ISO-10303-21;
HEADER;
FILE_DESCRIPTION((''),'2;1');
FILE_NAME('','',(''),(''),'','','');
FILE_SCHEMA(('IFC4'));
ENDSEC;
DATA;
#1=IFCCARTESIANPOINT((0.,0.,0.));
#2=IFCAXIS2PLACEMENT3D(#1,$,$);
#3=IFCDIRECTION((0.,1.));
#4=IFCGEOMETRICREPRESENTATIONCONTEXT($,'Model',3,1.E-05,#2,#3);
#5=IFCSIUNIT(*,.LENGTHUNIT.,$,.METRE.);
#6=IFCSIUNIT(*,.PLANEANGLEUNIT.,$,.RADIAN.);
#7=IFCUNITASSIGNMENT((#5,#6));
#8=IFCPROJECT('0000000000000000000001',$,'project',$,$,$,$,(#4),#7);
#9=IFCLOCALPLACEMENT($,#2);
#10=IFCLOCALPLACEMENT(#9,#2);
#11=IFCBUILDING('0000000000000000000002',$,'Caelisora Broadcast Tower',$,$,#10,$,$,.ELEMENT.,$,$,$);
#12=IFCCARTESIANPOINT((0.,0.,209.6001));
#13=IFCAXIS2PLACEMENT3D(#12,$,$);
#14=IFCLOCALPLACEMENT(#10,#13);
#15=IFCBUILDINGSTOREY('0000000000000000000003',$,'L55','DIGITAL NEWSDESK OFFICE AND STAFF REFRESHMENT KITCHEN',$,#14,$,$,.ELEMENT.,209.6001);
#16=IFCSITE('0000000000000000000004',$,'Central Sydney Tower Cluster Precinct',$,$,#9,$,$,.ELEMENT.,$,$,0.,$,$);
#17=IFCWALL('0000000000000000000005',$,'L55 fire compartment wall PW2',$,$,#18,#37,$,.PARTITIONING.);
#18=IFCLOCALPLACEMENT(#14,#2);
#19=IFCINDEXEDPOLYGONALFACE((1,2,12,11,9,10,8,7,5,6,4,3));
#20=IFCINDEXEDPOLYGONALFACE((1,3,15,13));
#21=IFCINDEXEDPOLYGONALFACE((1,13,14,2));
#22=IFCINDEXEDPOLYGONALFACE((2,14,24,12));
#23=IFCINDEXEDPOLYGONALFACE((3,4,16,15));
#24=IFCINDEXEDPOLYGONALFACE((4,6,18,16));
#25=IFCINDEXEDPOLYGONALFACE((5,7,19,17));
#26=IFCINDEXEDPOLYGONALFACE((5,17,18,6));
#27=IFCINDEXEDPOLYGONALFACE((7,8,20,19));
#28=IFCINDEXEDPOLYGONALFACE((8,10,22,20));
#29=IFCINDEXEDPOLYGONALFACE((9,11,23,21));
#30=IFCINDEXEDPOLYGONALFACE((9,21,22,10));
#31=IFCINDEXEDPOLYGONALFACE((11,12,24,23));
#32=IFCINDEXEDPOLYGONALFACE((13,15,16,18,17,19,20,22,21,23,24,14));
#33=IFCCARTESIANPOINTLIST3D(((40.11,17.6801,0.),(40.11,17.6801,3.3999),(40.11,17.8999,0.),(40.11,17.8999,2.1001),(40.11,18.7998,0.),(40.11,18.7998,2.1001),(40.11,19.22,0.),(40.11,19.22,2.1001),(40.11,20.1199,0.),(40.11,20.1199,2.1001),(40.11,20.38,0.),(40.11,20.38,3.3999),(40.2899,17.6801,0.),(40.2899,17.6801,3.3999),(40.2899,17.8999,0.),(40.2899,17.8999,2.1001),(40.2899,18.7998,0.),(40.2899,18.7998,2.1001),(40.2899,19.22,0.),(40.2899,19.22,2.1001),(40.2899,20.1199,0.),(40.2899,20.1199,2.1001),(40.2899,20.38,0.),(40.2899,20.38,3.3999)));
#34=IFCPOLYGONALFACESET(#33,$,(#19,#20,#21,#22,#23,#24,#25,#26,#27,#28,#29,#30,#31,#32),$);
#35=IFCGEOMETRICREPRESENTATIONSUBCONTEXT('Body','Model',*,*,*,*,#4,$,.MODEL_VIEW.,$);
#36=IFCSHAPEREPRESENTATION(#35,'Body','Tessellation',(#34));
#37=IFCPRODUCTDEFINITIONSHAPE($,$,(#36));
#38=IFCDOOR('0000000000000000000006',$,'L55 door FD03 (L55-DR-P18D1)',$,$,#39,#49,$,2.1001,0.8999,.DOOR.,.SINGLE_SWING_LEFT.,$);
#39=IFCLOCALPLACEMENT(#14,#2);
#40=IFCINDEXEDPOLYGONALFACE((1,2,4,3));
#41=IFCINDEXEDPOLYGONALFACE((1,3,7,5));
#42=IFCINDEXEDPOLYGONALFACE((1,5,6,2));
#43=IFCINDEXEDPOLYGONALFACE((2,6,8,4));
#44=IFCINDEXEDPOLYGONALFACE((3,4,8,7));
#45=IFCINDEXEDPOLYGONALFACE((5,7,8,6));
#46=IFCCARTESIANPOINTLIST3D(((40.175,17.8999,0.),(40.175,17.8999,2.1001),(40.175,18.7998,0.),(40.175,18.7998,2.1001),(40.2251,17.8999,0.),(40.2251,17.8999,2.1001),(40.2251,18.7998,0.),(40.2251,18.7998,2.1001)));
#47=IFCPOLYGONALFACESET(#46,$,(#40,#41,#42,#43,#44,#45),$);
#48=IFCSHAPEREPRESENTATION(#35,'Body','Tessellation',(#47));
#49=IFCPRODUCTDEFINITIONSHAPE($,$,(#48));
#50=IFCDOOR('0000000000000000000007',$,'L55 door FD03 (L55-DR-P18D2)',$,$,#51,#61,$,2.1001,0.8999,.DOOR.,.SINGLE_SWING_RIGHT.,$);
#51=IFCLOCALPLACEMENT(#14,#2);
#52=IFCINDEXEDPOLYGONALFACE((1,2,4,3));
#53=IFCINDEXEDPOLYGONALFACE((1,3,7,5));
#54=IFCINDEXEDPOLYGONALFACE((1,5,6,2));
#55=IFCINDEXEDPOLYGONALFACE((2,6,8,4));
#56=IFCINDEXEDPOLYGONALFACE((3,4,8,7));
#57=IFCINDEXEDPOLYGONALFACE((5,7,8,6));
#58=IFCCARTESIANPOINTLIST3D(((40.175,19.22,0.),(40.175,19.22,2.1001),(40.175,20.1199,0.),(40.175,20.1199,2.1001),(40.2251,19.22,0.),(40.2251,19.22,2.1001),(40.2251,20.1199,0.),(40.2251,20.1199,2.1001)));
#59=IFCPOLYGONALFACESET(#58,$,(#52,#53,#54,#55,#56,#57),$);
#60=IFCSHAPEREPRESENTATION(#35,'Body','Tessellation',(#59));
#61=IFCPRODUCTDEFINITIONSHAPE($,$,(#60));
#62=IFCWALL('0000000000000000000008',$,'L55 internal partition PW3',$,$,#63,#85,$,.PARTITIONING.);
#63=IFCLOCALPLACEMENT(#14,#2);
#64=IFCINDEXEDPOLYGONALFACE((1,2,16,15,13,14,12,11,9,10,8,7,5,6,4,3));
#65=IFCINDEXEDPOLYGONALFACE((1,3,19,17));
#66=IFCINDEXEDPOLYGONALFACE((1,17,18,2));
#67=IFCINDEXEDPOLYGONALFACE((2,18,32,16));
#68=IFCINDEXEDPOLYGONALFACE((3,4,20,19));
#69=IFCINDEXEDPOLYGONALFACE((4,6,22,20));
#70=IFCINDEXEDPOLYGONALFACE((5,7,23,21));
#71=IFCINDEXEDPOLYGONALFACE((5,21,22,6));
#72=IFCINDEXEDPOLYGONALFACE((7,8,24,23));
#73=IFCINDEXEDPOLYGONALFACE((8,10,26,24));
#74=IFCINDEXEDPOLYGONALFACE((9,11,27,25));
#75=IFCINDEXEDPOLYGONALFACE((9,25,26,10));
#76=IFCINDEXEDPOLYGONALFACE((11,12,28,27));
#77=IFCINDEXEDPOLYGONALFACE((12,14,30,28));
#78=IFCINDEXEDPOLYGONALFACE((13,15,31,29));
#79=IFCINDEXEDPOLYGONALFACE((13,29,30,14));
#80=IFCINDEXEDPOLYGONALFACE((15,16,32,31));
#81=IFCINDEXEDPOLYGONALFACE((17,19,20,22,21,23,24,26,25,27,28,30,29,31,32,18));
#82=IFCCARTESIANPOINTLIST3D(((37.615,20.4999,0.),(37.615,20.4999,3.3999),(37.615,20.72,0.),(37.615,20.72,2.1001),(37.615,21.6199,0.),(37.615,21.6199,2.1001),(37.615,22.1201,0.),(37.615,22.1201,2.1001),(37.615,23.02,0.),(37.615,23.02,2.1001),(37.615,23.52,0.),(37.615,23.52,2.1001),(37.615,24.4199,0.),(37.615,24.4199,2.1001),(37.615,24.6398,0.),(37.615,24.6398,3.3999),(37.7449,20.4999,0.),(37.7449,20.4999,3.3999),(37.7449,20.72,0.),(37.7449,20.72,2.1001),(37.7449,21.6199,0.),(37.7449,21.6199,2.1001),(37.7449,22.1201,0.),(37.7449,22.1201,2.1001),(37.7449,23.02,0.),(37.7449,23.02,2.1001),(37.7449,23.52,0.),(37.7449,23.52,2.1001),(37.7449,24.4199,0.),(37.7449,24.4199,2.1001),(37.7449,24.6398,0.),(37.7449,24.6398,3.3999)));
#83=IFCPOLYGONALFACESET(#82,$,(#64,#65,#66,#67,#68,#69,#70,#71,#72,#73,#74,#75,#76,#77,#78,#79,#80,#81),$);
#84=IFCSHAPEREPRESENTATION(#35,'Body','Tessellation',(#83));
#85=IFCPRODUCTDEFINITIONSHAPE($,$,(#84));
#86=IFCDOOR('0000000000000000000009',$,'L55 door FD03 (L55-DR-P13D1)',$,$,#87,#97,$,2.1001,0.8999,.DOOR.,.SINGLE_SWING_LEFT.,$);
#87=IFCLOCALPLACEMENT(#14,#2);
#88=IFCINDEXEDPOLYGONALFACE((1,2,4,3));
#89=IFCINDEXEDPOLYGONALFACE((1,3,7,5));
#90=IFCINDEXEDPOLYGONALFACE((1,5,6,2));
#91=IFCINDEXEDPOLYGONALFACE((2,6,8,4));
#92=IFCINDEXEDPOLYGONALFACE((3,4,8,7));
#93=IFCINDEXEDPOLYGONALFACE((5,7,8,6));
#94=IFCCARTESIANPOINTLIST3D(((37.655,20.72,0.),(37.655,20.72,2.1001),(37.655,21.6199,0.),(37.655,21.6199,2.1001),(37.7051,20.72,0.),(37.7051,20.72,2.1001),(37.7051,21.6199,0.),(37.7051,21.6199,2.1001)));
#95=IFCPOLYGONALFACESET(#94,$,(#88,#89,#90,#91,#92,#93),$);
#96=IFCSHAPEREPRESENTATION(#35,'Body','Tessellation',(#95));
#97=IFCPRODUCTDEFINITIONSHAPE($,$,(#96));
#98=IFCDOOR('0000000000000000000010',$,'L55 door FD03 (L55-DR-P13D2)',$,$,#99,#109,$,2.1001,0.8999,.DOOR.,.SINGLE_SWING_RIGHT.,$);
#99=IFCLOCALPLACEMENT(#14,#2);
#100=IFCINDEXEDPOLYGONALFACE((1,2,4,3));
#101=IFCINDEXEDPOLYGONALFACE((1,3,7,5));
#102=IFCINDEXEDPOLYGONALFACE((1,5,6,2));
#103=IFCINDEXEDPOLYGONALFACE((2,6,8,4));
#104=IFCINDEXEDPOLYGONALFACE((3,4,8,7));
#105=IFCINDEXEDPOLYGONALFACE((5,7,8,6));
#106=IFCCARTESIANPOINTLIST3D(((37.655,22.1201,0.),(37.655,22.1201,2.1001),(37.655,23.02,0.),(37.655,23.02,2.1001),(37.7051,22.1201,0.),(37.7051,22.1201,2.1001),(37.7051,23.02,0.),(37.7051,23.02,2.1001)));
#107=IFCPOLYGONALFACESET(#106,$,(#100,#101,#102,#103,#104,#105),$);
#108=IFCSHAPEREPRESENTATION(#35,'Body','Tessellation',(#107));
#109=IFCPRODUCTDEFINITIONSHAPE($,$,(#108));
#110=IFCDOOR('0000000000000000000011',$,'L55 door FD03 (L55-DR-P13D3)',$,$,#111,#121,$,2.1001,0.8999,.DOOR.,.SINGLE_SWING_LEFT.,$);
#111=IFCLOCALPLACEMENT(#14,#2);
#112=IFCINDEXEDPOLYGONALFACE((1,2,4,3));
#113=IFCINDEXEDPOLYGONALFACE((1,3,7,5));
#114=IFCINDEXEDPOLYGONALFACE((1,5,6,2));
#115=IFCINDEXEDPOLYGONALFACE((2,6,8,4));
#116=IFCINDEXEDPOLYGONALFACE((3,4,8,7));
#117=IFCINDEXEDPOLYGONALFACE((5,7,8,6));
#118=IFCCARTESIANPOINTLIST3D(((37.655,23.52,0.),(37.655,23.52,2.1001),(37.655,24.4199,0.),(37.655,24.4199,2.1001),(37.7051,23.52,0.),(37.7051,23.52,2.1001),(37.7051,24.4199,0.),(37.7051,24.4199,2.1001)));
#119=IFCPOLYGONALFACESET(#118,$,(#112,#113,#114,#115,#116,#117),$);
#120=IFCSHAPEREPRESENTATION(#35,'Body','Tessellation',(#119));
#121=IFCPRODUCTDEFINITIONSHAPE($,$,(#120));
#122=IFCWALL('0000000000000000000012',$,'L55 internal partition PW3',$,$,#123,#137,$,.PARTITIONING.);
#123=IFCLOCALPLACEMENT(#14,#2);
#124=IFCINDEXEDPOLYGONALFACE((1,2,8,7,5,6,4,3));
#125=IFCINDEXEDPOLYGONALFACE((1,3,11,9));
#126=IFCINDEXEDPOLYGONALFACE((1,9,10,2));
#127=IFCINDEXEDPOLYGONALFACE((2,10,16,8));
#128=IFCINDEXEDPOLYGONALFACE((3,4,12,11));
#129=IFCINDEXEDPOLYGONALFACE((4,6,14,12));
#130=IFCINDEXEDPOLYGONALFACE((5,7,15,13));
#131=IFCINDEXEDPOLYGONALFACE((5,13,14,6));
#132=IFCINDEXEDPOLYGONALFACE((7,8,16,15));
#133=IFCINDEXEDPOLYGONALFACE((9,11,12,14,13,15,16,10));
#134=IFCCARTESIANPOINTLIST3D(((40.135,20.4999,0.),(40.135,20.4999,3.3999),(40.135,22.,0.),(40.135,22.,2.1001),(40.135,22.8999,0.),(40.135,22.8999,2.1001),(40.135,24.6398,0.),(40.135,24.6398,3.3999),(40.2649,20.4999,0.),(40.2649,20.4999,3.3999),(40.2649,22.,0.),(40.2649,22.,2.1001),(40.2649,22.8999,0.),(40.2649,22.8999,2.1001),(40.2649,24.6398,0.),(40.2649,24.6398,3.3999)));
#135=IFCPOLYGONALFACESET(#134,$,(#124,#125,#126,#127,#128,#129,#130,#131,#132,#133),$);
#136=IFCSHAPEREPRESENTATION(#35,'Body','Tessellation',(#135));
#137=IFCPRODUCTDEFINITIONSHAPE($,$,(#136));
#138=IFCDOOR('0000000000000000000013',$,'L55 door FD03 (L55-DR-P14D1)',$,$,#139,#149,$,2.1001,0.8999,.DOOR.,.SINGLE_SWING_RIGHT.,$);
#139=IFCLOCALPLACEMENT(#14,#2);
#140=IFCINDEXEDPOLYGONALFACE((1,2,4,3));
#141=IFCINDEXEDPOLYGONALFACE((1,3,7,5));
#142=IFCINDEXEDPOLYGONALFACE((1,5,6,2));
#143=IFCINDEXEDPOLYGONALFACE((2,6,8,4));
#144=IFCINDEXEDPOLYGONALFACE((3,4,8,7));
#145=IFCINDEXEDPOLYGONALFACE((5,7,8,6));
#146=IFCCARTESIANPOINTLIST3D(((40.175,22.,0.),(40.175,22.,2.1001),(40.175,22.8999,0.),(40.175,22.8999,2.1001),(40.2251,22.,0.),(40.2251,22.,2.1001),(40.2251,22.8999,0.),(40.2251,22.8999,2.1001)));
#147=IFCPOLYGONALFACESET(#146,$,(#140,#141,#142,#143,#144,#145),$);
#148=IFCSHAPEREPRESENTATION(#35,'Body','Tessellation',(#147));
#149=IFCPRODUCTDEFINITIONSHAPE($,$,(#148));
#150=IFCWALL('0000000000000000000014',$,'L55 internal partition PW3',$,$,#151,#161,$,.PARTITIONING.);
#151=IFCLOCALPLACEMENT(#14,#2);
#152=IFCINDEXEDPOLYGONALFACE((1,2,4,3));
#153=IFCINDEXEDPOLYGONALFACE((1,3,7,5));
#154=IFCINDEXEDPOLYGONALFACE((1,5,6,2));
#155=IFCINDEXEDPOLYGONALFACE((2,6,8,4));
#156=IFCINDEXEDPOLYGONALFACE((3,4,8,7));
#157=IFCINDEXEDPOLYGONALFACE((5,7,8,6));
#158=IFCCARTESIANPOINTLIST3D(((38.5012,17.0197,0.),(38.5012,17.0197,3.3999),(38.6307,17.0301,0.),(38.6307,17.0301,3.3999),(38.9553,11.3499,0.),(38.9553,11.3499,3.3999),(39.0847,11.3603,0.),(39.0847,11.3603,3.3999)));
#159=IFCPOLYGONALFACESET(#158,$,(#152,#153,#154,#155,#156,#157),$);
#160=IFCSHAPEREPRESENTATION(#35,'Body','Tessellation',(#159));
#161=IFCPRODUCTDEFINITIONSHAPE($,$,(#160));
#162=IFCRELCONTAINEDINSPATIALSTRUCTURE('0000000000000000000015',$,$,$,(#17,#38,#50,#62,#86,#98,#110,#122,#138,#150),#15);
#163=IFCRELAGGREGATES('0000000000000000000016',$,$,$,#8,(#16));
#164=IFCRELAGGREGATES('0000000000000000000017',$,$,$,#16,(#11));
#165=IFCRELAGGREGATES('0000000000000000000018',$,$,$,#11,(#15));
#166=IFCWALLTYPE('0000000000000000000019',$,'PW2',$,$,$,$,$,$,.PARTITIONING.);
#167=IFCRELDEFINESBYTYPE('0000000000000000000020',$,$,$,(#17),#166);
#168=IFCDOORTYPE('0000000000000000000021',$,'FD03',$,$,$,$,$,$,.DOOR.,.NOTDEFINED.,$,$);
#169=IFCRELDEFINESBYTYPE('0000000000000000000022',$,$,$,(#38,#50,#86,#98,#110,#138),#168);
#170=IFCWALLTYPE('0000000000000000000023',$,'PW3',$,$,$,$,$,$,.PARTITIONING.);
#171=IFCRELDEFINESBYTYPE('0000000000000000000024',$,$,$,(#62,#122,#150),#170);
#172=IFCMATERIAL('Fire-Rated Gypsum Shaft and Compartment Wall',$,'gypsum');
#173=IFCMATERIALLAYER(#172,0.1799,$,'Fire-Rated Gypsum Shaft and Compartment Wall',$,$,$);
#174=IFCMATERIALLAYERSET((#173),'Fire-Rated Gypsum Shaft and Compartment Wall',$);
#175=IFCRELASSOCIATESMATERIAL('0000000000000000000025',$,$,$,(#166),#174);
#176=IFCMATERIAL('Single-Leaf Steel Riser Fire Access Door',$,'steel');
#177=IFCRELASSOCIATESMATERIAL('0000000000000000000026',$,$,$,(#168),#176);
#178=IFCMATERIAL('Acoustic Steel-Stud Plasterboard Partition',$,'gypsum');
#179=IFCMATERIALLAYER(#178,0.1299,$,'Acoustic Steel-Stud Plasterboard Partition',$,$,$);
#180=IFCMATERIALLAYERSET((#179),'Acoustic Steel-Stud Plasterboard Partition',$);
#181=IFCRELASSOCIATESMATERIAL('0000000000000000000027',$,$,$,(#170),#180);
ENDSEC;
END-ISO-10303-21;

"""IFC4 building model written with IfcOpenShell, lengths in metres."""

from ifc_helpers import new_model, si_unit, direction, frame, frame_2d, origin, place, context, subcontext, project, spatial, rectangle, extrude, material, layer, layer_set, type_object, element, fill, save


model = new_model("IFC4")

# Units and contexts
model_context = context("Model", 3, precision=1e-05, world=origin(), true_north=direction((0.0, 1.0)))
body_context = subcontext(model_context, "Body", "Model", "MODEL_VIEW")
ifc_project = project(units=[si_unit("LENGTHUNIT", "METRE"), si_unit("PLANEANGLEUNIT", "RADIAN")], contexts=[model_context])

# Site, building, storey
site_placement = place(None, origin())
site = spatial("IfcSite", under=ifc_project, at=site_placement, Name="Central Sydney Tower Cluster Precinct", CompositionType="ELEMENT", RefElevation=0.0)
building_placement = place(site_placement, origin())
building = spatial("IfcBuilding", under=site, at=building_placement, Name="Caelisora Broadcast Tower", CompositionType="ELEMENT")
storey_placement = place(building_placement, frame((0.0, 0.0, 209.6001)))
storey = spatial("IfcBuildingStorey", under=building, at=storey_placement, Name="L55", Description="DIGITAL NEWSDESK OFFICE AND STAFF REFRESHMENT KITCHEN", CompositionType="ELEMENT", Elevation=209.6001)

# Shared definitions
ifc_material_1 = material(Name="Fire-Rated Gypsum Shaft and Compartment Wall", Category="gypsum")
ifc_layer_1 = layer(ifc_material_1, 0.1799, Name="Fire-Rated Gypsum Shaft and Compartment Wall")
ifc_layer_set_1 = layer_set([ifc_layer_1], Name="Fire-Rated Gypsum Shaft and Compartment Wall")
wall_type_1 = type_object("IfcWallType", Name="PW2", PredefinedType="PARTITIONING", material=ifc_layer_set_1)

# Shared definitions
ifc_material_2 = material(Name="Single-Leaf Steel Riser Fire Access Door", Category="steel")
door_type_1 = type_object("IfcDoorType", Name="FD03", OperationType="NOTDEFINED", PredefinedType="DOOR", material=ifc_material_2)

# Walls, openings, doors
wall_1_placement = place(storey_placement, frame((40.2, 17.6799, 0.0), z_axis=(0.0, 0.0, 1.0), x_axis=(0.0, 1.0, 0.0)))
wall_1 = element("IfcWall", 1, at=wall_1_placement, inside=storey, type_object=wall_type_1, Name="L55 fire compartment wall PW2", PredefinedType="PARTITIONING", context=body_context, shape_type="SweptSolid", body=[
    extrude(rectangle(XDim=2.7, YDim=0.1799, at=frame_2d((1.3501, 0.0))), origin(), (0.0, 0.0, 1.0), 3.3999),
])
opening_1_placement = place(wall_1_placement, frame((0.22, 0.0, 0.0)))
opening_1 = element("IfcOpeningElement", 2, at=opening_1_placement, cuts=wall_1, PredefinedType="OPENING", context=body_context, shape_type="SweptSolid", body=[
    extrude(rectangle(XDim=0.8999, YDim=2.1001, at=frame_2d((0.45, 1.05))), frame((0.0, 0.1021, 0.0), z_axis=(0.0, -1.0, 0.0), x_axis=(1.0, 0.0, 0.0)), (0.0, 0.0, 1.0), 0.2039),
])
opening_2_placement = place(wall_1_placement, frame((1.54, 0.0, 0.0)))
opening_2 = element("IfcOpeningElement", 3, at=opening_2_placement, cuts=wall_1, PredefinedType="OPENING", context=body_context, shape_type="SweptSolid", body=[
    extrude(rectangle(XDim=0.8999, YDim=2.1001, at=frame_2d((0.45, 1.05))), frame((0.0, 0.1021, 0.0), z_axis=(0.0, -1.0, 0.0), x_axis=(1.0, 0.0, 0.0)), (0.0, 0.0, 1.0), 0.2039),
])
door_1_placement = place(opening_1_placement, origin())
door_1 = element("IfcDoor", 4, at=door_1_placement, inside=storey, type_object=door_type_1, Name="L55 door FD03 (L55-DR-P18D1)", OperationType="SINGLE_SWING_LEFT", OverallHeight=2.1001, OverallWidth=0.8999, PredefinedType="DOOR", context=body_context, shape_type="SweptSolid", body=[
    extrude(rectangle(XDim=0.8999, YDim=2.1001, at=frame_2d((0.45, 1.05))), frame((0.0, 0.0249, 0.0), z_axis=(0.0, -1.0, 0.0), x_axis=(1.0, 0.0, 0.0)), (0.0, 0.0, 1.0), 0.05),
])
fill(opening_1, door_1)
door_2_placement = place(opening_2_placement, origin())
door_2 = element("IfcDoor", 5, at=door_2_placement, inside=storey, type_object=door_type_1, Name="L55 door FD03 (L55-DR-P18D2)", OperationType="SINGLE_SWING_RIGHT", OverallHeight=2.1001, OverallWidth=0.8999, PredefinedType="DOOR", context=body_context, shape_type="SweptSolid", body=[
    extrude(rectangle(XDim=0.8999, YDim=2.1001, at=frame_2d((0.45, 1.05))), frame((0.0, 0.0249, 0.0), z_axis=(0.0, -1.0, 0.0), x_axis=(1.0, 0.0, 0.0)), (0.0, 0.0, 1.0), 0.05),
])
fill(opening_2, door_2)
ifc_material_3 = material(Name="Acoustic Steel-Stud Plasterboard Partition", Category="gypsum")
ifc_layer_2 = layer(ifc_material_3, 0.1299, Name="Acoustic Steel-Stud Plasterboard Partition")
ifc_layer_set_2 = layer_set([ifc_layer_2], Name="Acoustic Steel-Stud Plasterboard Partition")
wall_type_2 = type_object("IfcWallType", Name="PW3", PredefinedType="PARTITIONING", material=ifc_layer_set_2)
wall_2_placement = place(storey_placement, frame((37.6799, 20.5, 0.0), z_axis=(0.0, 0.0, 1.0), x_axis=(0.0, 1.0, 0.0)))
wall_2 = element("IfcWall", 6, at=wall_2_placement, inside=storey, type_object=wall_type_2, Name="L55 internal partition PW3", PredefinedType="PARTITIONING", context=body_context, shape_type="SweptSolid", body=[
    extrude(rectangle(XDim=4.1399, YDim=0.1299, at=frame_2d((2.0698, 0.0))), origin(), (0.0, 0.0, 1.0), 3.3999),
])
opening_3_placement = place(wall_2_placement, frame((0.22, 0.0, 0.0)))
opening_3 = element("IfcOpeningElement", 7, at=opening_3_placement, cuts=wall_2, PredefinedType="OPENING", context=body_context, shape_type="SweptSolid", body=[
    extrude(rectangle(XDim=0.8999, YDim=2.1001, at=frame_2d((0.45, 1.05))), frame((0.0, 0.0769, 0.0), z_axis=(0.0, -1.0, 0.0), x_axis=(1.0, 0.0, 0.0)), (0.0, 0.0, 1.0), 0.1538),
])
opening_4_placement = place(wall_2_placement, frame((1.6201, 0.0, 0.0)))
opening_4 = element("IfcOpeningElement", 8, at=opening_4_placement, cuts=wall_2, PredefinedType="OPENING", context=body_context, shape_type="SweptSolid", body=[
    extrude(rectangle(XDim=0.8999, YDim=2.1001, at=frame_2d((0.45, 1.05))), frame((0.0, 0.0769, 0.0), z_axis=(0.0, -1.0, 0.0), x_axis=(1.0, 0.0, 0.0)), (0.0, 0.0, 1.0), 0.1538),
])
opening_5_placement = place(wall_2_placement, frame((3.02, 0.0, 0.0)))
opening_5 = element("IfcOpeningElement", 9, at=opening_5_placement, cuts=wall_2, PredefinedType="OPENING", context=body_context, shape_type="SweptSolid", body=[
    extrude(rectangle(XDim=0.8999, YDim=2.1001, at=frame_2d((0.45, 1.05))), frame((0.0, 0.0769, 0.0), z_axis=(0.0, -1.0, 0.0), x_axis=(1.0, 0.0, 0.0)), (0.0, 0.0, 1.0), 0.1538),
])
door_3_placement = place(opening_3_placement, origin())
door_3 = element("IfcDoor", 10, at=door_3_placement, inside=storey, type_object=door_type_1, Name="L55 door FD03 (L55-DR-P13D1)", OperationType="SINGLE_SWING_LEFT", OverallHeight=2.1001, OverallWidth=0.8999, PredefinedType="DOOR", context=body_context, shape_type="SweptSolid", body=[
    extrude(rectangle(XDim=0.8999, YDim=2.1001, at=frame_2d((0.45, 1.05))), frame((0.0, 0.0249, 0.0), z_axis=(0.0, -1.0, 0.0), x_axis=(1.0, 0.0, 0.0)), (0.0, 0.0, 1.0), 0.05),
])
fill(opening_3, door_3)
door_4_placement = place(opening_4_placement, origin())
door_4 = element("IfcDoor", 11, at=door_4_placement, inside=storey, type_object=door_type_1, Name="L55 door FD03 (L55-DR-P13D2)", OperationType="SINGLE_SWING_RIGHT", OverallHeight=2.1001, OverallWidth=0.8999, PredefinedType="DOOR", context=body_context, shape_type="SweptSolid", body=[
    extrude(rectangle(XDim=0.8999, YDim=2.1001, at=frame_2d((0.45, 1.05))), frame((0.0, 0.0249, 0.0), z_axis=(0.0, -1.0, 0.0), x_axis=(1.0, 0.0, 0.0)), (0.0, 0.0, 1.0), 0.05),
])
fill(opening_4, door_4)
door_5_placement = place(opening_5_placement, origin())
door_5 = element("IfcDoor", 12, at=door_5_placement, inside=storey, type_object=door_type_1, Name="L55 door FD03 (L55-DR-P13D3)", OperationType="SINGLE_SWING_LEFT", OverallHeight=2.1001, OverallWidth=0.8999, PredefinedType="DOOR", context=body_context, shape_type="SweptSolid", body=[
    extrude(rectangle(XDim=0.8999, YDim=2.1001, at=frame_2d((0.45, 1.05))), frame((0.0, 0.0249, 0.0), z_axis=(0.0, -1.0, 0.0), x_axis=(1.0, 0.0, 0.0)), (0.0, 0.0, 1.0), 0.05),
])
fill(opening_5, door_5)

# Wall, opening, door
wall_3_placement = place(storey_placement, frame((40.2, 20.5, 0.0), z_axis=(0.0, 0.0, 1.0), x_axis=(0.0, 1.0, 0.0)))
wall_3 = element("IfcWall", 13, at=wall_3_placement, inside=storey, type_object=wall_type_2, Name="L55 internal partition PW3", PredefinedType="PARTITIONING", context=body_context, shape_type="SweptSolid", body=[
    extrude(rectangle(XDim=4.1399, YDim=0.1299, at=frame_2d((2.0698, 0.0))), origin(), (0.0, 0.0, 1.0), 3.3999),
])
opening_6_placement = place(wall_3_placement, frame((1.5, 0.0, 0.0)))
opening_6 = element("IfcOpeningElement", 14, at=opening_6_placement, cuts=wall_3, PredefinedType="OPENING", context=body_context, shape_type="SweptSolid", body=[
    extrude(rectangle(XDim=0.8999, YDim=2.1001, at=frame_2d((0.45, 1.05))), frame((0.0, 0.0769, 0.0), z_axis=(0.0, -1.0, 0.0), x_axis=(1.0, 0.0, 0.0)), (0.0, 0.0, 1.0), 0.1538),
])
door_6_placement = place(opening_6_placement, origin())
door_6 = element("IfcDoor", 15, at=door_6_placement, inside=storey, type_object=door_type_1, Name="L55 door FD03 (L55-DR-P14D1)", OperationType="SINGLE_SWING_RIGHT", OverallHeight=2.1001, OverallWidth=0.8999, PredefinedType="DOOR", context=body_context, shape_type="SweptSolid", body=[
    extrude(rectangle(XDim=0.8999, YDim=2.1001, at=frame_2d((0.45, 1.05))), frame((0.0, 0.0249, 0.0), z_axis=(0.0, -1.0, 0.0), x_axis=(1.0, 0.0, 0.0)), (0.0, 0.0, 1.0), 0.05),
])
fill(opening_6, door_6)

# Wall
wall_4_placement = place(storey_placement, frame((38.5659, 17.0249, 0.0), z_axis=(0.0, 0.0, 1.0), x_axis=(0.079834, -0.996808, 0.0)))
element("IfcWall", 16, at=wall_4_placement, inside=storey, type_object=wall_type_2, Name="L55 internal partition PW3", PredefinedType="PARTITIONING", context=body_context, shape_type="SweptSolid", body=[
    extrude(rectangle(XDim=5.688, YDim=0.1299, at=frame_2d((2.844, 0.0))), origin(), (0.0, 0.0, 1.0), 3.3999),
])

save(model, "model.ifc")
